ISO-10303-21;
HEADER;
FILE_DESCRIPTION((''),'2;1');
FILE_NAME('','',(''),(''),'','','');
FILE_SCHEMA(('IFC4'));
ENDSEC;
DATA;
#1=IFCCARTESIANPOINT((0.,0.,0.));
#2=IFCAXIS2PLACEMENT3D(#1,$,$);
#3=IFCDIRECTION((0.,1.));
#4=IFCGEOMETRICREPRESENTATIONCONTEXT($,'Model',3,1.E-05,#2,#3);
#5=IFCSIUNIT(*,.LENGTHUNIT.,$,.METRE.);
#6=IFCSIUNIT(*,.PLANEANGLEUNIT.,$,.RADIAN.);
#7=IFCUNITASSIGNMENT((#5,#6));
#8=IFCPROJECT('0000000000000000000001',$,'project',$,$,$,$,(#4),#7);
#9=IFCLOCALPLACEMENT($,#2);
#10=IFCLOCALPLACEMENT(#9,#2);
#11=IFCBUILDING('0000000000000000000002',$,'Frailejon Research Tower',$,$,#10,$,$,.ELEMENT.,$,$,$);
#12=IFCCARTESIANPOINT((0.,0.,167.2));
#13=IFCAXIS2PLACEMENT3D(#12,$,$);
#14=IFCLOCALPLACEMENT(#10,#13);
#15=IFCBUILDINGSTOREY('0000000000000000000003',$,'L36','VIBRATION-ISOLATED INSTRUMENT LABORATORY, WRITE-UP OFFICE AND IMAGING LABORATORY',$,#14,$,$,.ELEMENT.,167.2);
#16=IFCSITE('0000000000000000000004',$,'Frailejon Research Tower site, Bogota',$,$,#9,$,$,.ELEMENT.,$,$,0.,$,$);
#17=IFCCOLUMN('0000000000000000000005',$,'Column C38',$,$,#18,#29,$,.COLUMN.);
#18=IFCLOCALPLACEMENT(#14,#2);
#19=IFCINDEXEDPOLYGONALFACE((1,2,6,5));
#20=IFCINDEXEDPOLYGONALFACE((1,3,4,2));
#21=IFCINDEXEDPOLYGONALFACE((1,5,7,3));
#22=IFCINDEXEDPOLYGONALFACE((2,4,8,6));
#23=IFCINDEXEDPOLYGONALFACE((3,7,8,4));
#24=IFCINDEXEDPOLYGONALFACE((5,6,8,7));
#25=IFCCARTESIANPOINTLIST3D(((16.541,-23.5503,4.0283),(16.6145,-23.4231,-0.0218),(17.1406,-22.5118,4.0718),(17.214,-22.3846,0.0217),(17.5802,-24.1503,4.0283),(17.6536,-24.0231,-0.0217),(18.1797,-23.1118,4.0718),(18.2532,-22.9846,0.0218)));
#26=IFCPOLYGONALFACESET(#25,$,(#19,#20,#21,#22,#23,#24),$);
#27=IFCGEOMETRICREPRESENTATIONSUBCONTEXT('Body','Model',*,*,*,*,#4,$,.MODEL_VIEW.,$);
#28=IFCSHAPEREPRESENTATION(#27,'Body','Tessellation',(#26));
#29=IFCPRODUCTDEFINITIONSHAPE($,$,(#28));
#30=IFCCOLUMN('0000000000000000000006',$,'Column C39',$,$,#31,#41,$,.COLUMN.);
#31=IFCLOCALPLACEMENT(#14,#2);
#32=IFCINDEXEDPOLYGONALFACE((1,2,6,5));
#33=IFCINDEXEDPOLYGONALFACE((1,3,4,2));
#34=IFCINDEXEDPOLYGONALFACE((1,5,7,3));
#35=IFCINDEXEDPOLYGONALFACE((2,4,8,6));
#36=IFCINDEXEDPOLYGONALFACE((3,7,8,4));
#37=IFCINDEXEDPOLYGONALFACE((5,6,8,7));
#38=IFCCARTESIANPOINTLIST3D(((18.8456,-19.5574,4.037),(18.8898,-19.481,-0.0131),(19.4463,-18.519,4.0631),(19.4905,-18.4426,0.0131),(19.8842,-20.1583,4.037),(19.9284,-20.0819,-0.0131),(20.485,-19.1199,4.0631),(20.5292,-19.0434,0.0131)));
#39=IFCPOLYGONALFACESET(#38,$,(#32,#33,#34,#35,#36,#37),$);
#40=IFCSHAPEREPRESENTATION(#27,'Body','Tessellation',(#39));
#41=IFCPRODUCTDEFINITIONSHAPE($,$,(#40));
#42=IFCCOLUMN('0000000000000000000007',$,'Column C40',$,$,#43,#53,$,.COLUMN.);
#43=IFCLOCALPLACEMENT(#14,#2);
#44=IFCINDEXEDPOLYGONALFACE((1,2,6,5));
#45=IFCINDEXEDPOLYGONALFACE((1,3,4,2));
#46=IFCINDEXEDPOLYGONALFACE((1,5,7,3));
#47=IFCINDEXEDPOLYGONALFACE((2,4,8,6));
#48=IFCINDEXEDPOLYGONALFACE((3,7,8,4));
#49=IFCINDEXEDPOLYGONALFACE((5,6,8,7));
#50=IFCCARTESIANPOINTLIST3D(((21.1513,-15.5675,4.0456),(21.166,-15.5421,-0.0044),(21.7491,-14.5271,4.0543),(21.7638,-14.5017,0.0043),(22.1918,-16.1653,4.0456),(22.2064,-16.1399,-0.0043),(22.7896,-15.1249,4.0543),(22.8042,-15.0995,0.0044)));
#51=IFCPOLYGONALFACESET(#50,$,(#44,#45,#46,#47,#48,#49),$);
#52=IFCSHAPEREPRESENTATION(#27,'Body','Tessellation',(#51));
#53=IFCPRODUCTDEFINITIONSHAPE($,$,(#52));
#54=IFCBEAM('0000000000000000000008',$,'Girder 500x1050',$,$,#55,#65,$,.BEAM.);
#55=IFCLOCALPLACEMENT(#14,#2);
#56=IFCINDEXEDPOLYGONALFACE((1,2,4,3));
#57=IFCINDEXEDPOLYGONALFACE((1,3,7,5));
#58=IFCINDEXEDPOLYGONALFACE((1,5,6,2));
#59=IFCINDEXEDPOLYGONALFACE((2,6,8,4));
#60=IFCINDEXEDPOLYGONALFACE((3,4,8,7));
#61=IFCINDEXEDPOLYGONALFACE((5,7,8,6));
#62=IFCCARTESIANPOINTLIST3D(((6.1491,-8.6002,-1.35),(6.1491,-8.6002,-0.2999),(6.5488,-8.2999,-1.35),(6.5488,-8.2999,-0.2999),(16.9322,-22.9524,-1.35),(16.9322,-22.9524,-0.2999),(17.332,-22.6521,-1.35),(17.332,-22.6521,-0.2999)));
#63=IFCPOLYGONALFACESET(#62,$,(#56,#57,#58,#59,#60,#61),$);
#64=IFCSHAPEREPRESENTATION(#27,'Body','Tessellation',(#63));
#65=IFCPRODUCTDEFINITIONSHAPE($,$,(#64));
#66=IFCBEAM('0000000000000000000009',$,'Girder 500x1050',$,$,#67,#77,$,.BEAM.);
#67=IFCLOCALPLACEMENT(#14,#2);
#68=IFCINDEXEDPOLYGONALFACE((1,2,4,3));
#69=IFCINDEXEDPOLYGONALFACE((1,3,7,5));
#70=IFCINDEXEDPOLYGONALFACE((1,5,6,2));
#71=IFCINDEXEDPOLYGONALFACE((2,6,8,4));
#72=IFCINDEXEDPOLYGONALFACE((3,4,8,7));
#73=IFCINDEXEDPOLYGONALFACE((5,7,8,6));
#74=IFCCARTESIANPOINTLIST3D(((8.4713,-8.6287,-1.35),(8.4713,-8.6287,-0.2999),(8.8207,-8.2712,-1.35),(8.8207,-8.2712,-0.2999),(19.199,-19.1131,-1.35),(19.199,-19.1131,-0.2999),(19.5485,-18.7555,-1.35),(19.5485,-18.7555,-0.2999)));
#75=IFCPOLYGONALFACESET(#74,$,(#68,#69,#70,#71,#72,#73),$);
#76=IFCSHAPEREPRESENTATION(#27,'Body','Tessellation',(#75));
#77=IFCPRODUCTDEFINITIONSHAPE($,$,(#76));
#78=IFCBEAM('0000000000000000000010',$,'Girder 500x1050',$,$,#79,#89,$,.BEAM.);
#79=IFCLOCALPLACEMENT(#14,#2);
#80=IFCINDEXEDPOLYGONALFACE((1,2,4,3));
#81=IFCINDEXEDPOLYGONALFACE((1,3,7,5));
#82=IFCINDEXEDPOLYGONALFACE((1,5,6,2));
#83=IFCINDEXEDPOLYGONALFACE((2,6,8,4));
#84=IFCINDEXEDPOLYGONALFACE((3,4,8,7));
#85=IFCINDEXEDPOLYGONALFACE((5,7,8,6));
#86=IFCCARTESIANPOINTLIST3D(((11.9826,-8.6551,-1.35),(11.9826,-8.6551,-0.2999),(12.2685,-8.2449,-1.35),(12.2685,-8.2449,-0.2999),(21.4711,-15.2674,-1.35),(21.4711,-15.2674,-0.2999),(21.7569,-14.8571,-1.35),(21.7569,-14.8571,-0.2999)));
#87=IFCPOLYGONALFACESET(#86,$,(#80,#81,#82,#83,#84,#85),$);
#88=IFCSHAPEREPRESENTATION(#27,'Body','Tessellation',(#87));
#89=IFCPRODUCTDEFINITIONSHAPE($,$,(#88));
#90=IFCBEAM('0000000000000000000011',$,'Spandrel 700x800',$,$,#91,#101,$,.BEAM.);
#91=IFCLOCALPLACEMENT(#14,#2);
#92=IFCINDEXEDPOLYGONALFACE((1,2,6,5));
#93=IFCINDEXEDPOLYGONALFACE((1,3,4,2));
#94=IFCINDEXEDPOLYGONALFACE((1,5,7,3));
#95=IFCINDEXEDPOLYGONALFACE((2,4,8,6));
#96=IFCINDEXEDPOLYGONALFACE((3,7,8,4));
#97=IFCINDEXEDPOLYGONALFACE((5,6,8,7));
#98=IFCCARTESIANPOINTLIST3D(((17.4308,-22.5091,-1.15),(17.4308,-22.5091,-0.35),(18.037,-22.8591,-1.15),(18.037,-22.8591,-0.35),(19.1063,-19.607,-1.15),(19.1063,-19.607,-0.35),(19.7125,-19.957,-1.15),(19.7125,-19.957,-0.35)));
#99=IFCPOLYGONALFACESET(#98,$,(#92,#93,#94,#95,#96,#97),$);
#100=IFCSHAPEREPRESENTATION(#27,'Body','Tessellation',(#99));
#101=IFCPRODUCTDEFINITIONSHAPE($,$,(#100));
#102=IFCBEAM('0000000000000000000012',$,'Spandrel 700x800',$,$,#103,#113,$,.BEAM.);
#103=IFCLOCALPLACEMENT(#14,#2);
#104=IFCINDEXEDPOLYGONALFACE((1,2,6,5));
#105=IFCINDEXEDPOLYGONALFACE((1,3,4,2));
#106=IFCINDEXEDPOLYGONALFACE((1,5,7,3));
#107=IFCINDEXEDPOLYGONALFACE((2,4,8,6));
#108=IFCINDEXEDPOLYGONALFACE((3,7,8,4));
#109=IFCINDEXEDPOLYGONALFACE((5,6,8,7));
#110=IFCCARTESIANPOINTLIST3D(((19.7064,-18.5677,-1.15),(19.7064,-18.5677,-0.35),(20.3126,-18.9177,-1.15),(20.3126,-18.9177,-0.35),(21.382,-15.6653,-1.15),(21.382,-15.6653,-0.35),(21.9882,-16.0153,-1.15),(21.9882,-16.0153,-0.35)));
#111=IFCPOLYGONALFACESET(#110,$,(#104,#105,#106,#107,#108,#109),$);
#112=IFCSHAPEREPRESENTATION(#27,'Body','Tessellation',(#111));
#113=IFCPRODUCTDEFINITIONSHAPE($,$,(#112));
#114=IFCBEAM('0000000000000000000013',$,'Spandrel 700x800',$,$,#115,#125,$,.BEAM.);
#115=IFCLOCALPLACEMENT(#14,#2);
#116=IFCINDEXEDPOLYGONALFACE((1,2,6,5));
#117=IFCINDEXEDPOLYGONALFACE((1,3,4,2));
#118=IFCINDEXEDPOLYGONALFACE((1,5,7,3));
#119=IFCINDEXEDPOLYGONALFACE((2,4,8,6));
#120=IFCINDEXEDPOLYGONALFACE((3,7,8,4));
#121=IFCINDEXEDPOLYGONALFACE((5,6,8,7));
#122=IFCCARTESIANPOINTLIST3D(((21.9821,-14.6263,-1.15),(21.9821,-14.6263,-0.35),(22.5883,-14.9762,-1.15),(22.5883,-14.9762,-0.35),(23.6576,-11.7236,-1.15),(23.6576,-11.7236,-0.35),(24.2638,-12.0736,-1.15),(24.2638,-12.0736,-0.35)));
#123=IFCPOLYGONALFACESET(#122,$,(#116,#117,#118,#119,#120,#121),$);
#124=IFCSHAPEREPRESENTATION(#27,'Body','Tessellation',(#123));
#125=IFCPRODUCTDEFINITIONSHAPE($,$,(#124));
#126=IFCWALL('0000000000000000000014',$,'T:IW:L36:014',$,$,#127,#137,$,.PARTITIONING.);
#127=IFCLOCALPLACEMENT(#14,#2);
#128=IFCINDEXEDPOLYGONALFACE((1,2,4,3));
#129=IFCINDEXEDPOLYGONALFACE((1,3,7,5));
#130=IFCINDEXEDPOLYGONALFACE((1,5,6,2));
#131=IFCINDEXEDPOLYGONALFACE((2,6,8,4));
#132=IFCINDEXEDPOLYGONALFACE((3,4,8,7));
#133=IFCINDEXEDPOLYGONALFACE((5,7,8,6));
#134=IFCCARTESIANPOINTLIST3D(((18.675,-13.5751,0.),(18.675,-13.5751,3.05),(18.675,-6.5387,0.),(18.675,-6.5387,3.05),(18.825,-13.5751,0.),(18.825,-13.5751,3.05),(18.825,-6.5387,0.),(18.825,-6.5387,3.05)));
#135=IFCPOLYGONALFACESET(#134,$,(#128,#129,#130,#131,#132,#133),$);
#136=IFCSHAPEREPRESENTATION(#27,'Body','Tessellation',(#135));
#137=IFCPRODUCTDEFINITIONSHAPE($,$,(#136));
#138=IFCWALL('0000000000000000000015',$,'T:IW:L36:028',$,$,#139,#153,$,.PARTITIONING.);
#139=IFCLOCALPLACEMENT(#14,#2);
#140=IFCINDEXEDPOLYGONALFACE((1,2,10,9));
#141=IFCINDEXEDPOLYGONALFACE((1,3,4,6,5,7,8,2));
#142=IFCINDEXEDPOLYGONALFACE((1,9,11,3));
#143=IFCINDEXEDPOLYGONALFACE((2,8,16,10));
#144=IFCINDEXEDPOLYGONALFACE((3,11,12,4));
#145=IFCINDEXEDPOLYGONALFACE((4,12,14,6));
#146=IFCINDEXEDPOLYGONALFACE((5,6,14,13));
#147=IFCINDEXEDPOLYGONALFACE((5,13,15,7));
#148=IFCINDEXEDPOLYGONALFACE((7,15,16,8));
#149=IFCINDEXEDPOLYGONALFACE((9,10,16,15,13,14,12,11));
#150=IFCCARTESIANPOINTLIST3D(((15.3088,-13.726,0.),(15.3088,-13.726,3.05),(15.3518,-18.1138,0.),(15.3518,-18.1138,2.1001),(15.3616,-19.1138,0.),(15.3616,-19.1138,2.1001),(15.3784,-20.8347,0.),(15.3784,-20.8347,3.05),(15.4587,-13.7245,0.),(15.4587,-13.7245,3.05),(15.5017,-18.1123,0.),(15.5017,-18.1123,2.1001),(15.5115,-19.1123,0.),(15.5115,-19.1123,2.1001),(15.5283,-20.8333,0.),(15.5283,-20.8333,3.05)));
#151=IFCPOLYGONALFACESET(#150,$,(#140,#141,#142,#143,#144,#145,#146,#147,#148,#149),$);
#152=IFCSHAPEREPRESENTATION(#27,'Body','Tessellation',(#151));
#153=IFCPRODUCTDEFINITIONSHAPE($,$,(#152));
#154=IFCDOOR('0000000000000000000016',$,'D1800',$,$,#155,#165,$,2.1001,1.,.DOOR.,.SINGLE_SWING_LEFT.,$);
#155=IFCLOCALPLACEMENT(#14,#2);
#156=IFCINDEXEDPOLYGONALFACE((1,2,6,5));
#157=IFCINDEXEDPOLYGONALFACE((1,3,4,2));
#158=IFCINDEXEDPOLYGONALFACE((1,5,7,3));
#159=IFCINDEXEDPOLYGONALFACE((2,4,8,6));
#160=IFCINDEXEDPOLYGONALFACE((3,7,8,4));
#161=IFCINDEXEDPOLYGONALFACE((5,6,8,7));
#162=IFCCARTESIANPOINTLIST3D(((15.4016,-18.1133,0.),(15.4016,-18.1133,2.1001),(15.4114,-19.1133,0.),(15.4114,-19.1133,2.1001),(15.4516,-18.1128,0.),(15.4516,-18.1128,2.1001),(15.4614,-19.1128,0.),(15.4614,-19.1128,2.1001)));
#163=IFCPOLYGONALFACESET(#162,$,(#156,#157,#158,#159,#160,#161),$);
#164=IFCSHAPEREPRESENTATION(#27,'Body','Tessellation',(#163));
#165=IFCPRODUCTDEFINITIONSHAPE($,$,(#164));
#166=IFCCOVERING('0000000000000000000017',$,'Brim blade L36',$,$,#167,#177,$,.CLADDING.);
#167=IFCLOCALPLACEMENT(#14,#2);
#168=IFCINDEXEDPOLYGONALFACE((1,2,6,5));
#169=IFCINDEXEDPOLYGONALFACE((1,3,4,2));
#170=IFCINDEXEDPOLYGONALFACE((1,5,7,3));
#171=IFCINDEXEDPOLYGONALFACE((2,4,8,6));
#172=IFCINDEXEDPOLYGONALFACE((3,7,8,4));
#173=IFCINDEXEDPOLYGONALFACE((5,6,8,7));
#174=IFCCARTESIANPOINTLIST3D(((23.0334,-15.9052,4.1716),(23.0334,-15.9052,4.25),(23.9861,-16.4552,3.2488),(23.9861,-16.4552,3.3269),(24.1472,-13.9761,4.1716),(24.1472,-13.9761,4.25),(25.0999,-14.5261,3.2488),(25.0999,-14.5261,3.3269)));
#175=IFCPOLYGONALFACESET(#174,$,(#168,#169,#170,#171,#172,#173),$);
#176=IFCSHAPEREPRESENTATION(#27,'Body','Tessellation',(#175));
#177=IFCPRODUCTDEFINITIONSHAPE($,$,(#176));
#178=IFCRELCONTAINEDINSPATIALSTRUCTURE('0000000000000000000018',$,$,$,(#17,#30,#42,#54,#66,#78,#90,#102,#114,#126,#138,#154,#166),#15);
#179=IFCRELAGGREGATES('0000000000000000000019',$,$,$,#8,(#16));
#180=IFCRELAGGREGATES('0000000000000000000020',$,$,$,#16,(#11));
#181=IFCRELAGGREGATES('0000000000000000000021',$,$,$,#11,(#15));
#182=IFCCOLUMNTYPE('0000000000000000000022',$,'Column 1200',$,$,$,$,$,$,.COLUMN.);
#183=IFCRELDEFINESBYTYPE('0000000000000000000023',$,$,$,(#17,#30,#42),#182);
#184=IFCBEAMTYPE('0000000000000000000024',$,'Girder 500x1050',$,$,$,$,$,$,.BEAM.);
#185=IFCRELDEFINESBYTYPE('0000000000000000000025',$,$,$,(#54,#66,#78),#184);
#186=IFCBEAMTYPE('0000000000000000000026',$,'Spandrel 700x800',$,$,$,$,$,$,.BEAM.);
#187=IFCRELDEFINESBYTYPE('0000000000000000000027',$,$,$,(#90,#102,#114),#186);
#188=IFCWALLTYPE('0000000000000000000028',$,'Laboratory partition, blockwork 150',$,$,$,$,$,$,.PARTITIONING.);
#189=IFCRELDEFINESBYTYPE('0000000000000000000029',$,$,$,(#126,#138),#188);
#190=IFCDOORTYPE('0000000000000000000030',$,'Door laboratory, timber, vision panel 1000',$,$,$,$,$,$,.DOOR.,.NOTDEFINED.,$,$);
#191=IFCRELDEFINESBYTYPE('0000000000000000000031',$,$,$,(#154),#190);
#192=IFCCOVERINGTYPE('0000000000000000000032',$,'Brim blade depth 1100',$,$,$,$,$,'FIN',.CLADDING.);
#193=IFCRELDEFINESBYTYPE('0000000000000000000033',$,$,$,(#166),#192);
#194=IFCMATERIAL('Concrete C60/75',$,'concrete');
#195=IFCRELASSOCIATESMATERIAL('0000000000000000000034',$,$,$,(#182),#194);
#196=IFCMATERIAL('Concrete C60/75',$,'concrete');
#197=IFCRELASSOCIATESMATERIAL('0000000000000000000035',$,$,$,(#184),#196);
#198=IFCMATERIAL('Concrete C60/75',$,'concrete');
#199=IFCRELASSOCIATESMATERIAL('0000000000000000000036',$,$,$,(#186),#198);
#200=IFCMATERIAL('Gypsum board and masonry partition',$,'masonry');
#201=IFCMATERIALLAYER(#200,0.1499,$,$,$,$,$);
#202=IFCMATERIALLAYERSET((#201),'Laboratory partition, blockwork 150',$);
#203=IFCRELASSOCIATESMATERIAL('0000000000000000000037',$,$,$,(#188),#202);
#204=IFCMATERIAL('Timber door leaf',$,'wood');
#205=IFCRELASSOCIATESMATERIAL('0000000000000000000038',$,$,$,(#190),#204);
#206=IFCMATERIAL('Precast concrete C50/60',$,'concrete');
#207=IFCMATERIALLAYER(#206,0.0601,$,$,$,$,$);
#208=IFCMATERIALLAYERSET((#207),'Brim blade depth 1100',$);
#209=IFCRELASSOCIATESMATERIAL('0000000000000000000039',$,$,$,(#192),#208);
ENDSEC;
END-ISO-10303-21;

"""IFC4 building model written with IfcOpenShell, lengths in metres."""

from ifc_helpers import new_model, si_unit, direction, frame, frame_2d, origin, origin_2d, place, context, subcontext, project, spatial, polyline, rectangle, outline, extrude, material, layer, layer_set, material_profile, profile_set, type_object, element, fill, save


model = new_model("IFC4")

# Units and contexts
model_context = context("Model", 3, precision=1e-05, world=origin(), true_north=direction((0.0, 1.0)))
body_context = subcontext(model_context, "Body", "Model", "MODEL_VIEW")
ifc_project = project(units=[si_unit("LENGTHUNIT", "METRE"), si_unit("PLANEANGLEUNIT", "RADIAN")], contexts=[model_context])

# Site, building, storey
site_placement = place(None, origin())
site = spatial("IfcSite", under=ifc_project, at=site_placement, Name="Frailejon Research Tower site, Bogota", CompositionType="ELEMENT", RefElevation=0.0)
building_placement = place(site_placement, origin())
building = spatial("IfcBuilding", under=site, at=building_placement, Name="Frailejon Research Tower", CompositionType="ELEMENT")
storey_placement = place(building_placement, frame((0.0, 0.0, 167.2)))
storey = spatial("IfcBuildingStorey", under=building, at=storey_placement, Name="L36", Description="VIBRATION-ISOLATED INSTRUMENT LABORATORY, WRITE-UP OFFICE AND IMAGING LABORATORY", CompositionType="ELEMENT", Elevation=167.2)

# Columns
ifc_material_1 = material(Name="Concrete C60/75", Category="concrete")
ifc_material_profile_1 = material_profile(ifc_material_1, rectangle(XDim=1.2, YDim=1.2, at=origin_2d()), Name="Column 1200")
ifc_profile_set_1 = profile_set([ifc_material_profile_1], Name="Concrete C60/75")
column_type = type_object("IfcColumnType", Name="Column 1200", PredefinedType="COLUMN", material=ifc_profile_set_1)
column_1_placement = place(storey_placement, frame((17.4338, -23.2039, 0.0), z_axis=(-0.018133, -0.031386, 0.999343), x_axis=(0.499675, 0.865454, 0.036247)))
element("IfcColumn", 1, at=column_1_placement, inside=storey, type_object=column_type, Name="Column C38", PredefinedType="COLUMN", context=body_context, shape_type="SweptSolid", body=[
    extrude(rectangle(XDim=1.2, YDim=1.2, at=origin_2d()), origin(), (0.0, 0.0, 1.0), 4.0527),
])
column_2_placement = place(storey_placement, frame((19.7095, -19.2622, 0.0), z_axis=(-0.010908, -0.018863, 0.999763), x_axis=(0.500638, 0.865382, 0.02179)))
element("IfcColumn", 2, at=column_2_placement, inside=storey, type_object=column_type, Name="Column C39", PredefinedType="COLUMN", context=body_context, shape_type="SweptSolid", body=[
    extrude(rectangle(XDim=1.2, YDim=1.2, at=origin_2d()), origin(), (0.0, 0.0, 1.0), 4.051),
])
column_3_placement = place(storey_placement, frame((21.9851, -15.3208, 0.0), z_axis=(-0.003617, -0.006269, 0.999974), x_axis=(0.498177, 0.867045, 0.007238)))
element("IfcColumn", 3, at=column_3_placement, inside=storey, type_object=column_type, Name="Column C40", PredefinedType="COLUMN", context=body_context, shape_type="SweptSolid", body=[
    extrude(rectangle(XDim=1.2, YDim=1.2, at=origin_2d()), origin(), (0.0, 0.0, 1.0), 4.05),
])

# Beams
ifc_material_2 = material(Name="Concrete C60/75", Category="concrete")
ifc_material_profile_2 = material_profile(ifc_material_2, rectangle(XDim=0.5, YDim=1.05, at=origin_2d()), Name="Girder 500x1050")
ifc_profile_set_2 = profile_set([ifc_material_profile_2], Name="Concrete C60/75")
beam_type_1 = type_object("IfcBeamType", Name="Girder 500x1050", PredefinedType="BEAM", material=ifc_profile_set_2)
beam_1_placement = place(storey_placement, frame((17.1321, -22.8022, -0.825), z_axis=(-0.600677, 0.799492, 0.0), x_axis=(-0.799492, -0.600677, 0.0)))
element("IfcBeam", 4, at=beam_1_placement, inside=storey, type_object=beam_type_1, Name="Girder 500x1050", PredefinedType="BEAM", context=body_context, shape_type="SweptSolid", body=[
    extrude(rectangle(XDim=0.5, YDim=1.05, at=origin_2d()), origin(), (0.0, 0.0, 1.0), 17.9517),
])
beam_2_placement = place(storey_placement, frame((19.3738, -18.9343, -0.825), z_axis=(-0.715174, 0.698947, 0.0), x_axis=(-0.698947, -0.715174, 0.0)))
element("IfcBeam", 5, at=beam_2_placement, inside=storey, type_object=beam_type_1, Name="Girder 500x1050", PredefinedType="BEAM", context=body_context, shape_type="SweptSolid", body=[
    extrude(rectangle(XDim=0.5, YDim=1.05, at=origin_2d()), origin(), (0.0, 0.0, 1.0), 15.0002),
])
beam_3_placement = place(storey_placement, frame((21.614, -15.0623, -0.825), z_axis=(-0.820435, 0.57174, 0.0), x_axis=(-0.57174, -0.820435, 0.0)))
element("IfcBeam", 6, at=beam_3_placement, inside=storey, type_object=beam_type_1, Name="Girder 500x1050", PredefinedType="BEAM", context=body_context, shape_type="SweptSolid", body=[
    extrude(rectangle(XDim=0.5, YDim=1.05, at=origin_2d()), origin(), (0.0, 0.0, 1.0), 11.5652),
])
ifc_material_3 = material(Name="Concrete C60/75", Category="concrete")
ifc_material_profile_3 = material_profile(ifc_material_3, rectangle(XDim=0.7, YDim=0.8, at=origin_2d()), Name="Spandrel 700x800")
ifc_profile_set_3 = profile_set([ifc_material_profile_3], Name="Concrete C60/75")
beam_type_2 = type_object("IfcBeamType", Name="Spandrel 700x800", PredefinedType="BEAM", material=ifc_profile_set_3)
beam_4_placement = place(storey_placement, frame((17.7339, -22.6841, -0.75), z_axis=(0.500002, 0.866024, 0.0), x_axis=(-0.866024, 0.500002, 0.0)))
element("IfcBeam", 7, at=beam_4_placement, inside=storey, type_object=beam_type_2, Name="Spandrel 700x800", PredefinedType="BEAM", context=body_context, shape_type="SweptSolid", body=[
    extrude(rectangle(XDim=0.7, YDim=0.8, at=origin_2d()), origin(), (0.0, 0.0, 1.0), 3.3511),
])
beam_5_placement = place(storey_placement, frame((20.0095, -18.7427, -0.75), z_axis=(0.49997, 0.866042, 0.0), x_axis=(-0.866042, 0.49997, 0.0)))
element("IfcBeam", 8, at=beam_5_placement, inside=storey, type_object=beam_type_2, Name="Spandrel 700x800", PredefinedType="BEAM", context=body_context, shape_type="SweptSolid", body=[
    extrude(rectangle(XDim=0.7, YDim=0.8, at=origin_2d()), origin(), (0.0, 0.0, 1.0), 3.3513),
])
beam_6_placement = place(storey_placement, frame((22.2852, -14.8013, -0.75), z_axis=(0.499939, 0.866061, 0.0), x_axis=(-0.866061, 0.499939, 0.0)))
element("IfcBeam", 9, at=beam_6_placement, inside=storey, type_object=beam_type_2, Name="Spandrel 700x800", PredefinedType="BEAM", context=body_context, shape_type="SweptSolid", body=[
    extrude(rectangle(XDim=0.7, YDim=0.8, at=origin_2d()), origin(), (0.0, 0.0, 1.0), 3.3516),
])

# Wall
ifc_material_4 = material(Name="Gypsum board and masonry partition", Category="masonry")
ifc_layer_1 = layer(ifc_material_4, 0.1499)
ifc_layer_set_1 = layer_set([ifc_layer_1], Name="Laboratory partition, blockwork 150")
wall_type_1 = type_object("IfcWallType", Name="Laboratory partition, blockwork 150", PredefinedType="PARTITIONING", material=ifc_layer_set_1)
wall_1_placement = place(storey_placement, frame((18.75, -13.575, 0.0), z_axis=(0.0, 0.0, 1.0), x_axis=(0.0, 1.0, 0.0)))
element("IfcWall", 10, at=wall_1_placement, inside=storey, type_object=wall_type_1, Name="T:IW:L36:014", PredefinedType="PARTITIONING", context=body_context, shape_type="SweptSolid", body=[
    extrude(rectangle(XDim=7.0364, YDim=0.1499, at=frame_2d((3.5181, 0.0))), origin(), (0.0, 0.0, 1.0), 3.05),
])

# Wall, opening, door
wall_2_placement = place(storey_placement, frame((15.3838, -13.7251, 0.0), z_axis=(0.0, 0.0, 1.0), x_axis=(0.009787, -0.999952, 0.0)))
wall_2 = element("IfcWall", 11, at=wall_2_placement, inside=storey, type_object=wall_type_1, Name="T:IW:L36:028", PredefinedType="PARTITIONING", context=body_context, shape_type="SweptSolid", body=[
    extrude(rectangle(XDim=7.1091, YDim=0.1499, at=frame_2d((3.5547, 0.0))), origin(), (0.0, 0.0, 1.0), 3.05),
])
opening_1_placement = place(wall_2_placement, frame((4.3882, 0.0, 0.0)))
opening_1 = element("IfcOpeningElement", 12, at=opening_1_placement, cuts=wall_2, PredefinedType="OPENING", context=body_context, shape_type="SweptSolid", body=[
    extrude(rectangle(XDim=1.0, YDim=2.1001, at=frame_2d((0.5, 1.05))), frame((0.0, 0.085, 0.0), z_axis=(0.0, -1.0, 0.0), x_axis=(1.0, 0.0, 0.0)), (0.0, 0.0, 1.0), 0.1699),
])
ifc_material_5 = material(Name="Timber door leaf", Category="wood")
door_type_1 = type_object("IfcDoorType", Name="Door laboratory, timber, vision panel 1000", OperationType="NOTDEFINED", PredefinedType="DOOR", material=ifc_material_5)
door_1_placement = place(opening_1_placement, origin())
door_1 = element("IfcDoor", 13, at=door_1_placement, inside=storey, type_object=door_type_1, Name="D1800", OperationType="SINGLE_SWING_LEFT", OverallHeight=2.1001, OverallWidth=1.0, PredefinedType="DOOR", context=body_context, shape_type="SweptSolid", body=[
    extrude(rectangle(XDim=1.0, YDim=2.1001, at=frame_2d((0.5, 1.05))), frame((0.0, 0.0249, 0.0), z_axis=(0.0, -1.0, 0.0), x_axis=(1.0, 0.0, 0.0)), (0.0, 0.0, 1.0), 0.05),
])
fill(opening_1, door_1)

# Covering
ifc_material_6 = material(Name="Precast concrete C50/60", Category="concrete")
ifc_layer_2 = layer(ifc_material_6, 0.0601)
ifc_layer_set_2 = layer_set([ifc_layer_2], Name="Brim blade depth 1100")
covering_type_1 = type_object("IfcCoveringType", Name="Brim blade depth 1100", ElementType="FIN", PredefinedType="CLADDING", material=ifc_layer_set_2)
for number, where, z_axis, x_axis, name in (
    (14, (24.1472, -13.9761, 4.25), (-0.500008, -0.866021, 0.0), (0.866021, -0.500008, 0.0), "Brim blade L36"),
):
    element("IfcCovering", number, at=place(storey_placement, frame(where, z_axis=z_axis, x_axis=x_axis)), inside=storey, type_object=covering_type_1, Name=name, PredefinedType="CLADDING", context=body_context, shape_type="SweptSolid", body=[
        extrude(outline(polyline([(0.0, -0.0784), (1.1001, -1.0012), (1.1001, -0.9231), (0.0, 0.0), (0.0, -0.0784)])), origin(), (0.0, 0.0, 1.0), 2.2275),
    ])

save(model, "model.ifc")
